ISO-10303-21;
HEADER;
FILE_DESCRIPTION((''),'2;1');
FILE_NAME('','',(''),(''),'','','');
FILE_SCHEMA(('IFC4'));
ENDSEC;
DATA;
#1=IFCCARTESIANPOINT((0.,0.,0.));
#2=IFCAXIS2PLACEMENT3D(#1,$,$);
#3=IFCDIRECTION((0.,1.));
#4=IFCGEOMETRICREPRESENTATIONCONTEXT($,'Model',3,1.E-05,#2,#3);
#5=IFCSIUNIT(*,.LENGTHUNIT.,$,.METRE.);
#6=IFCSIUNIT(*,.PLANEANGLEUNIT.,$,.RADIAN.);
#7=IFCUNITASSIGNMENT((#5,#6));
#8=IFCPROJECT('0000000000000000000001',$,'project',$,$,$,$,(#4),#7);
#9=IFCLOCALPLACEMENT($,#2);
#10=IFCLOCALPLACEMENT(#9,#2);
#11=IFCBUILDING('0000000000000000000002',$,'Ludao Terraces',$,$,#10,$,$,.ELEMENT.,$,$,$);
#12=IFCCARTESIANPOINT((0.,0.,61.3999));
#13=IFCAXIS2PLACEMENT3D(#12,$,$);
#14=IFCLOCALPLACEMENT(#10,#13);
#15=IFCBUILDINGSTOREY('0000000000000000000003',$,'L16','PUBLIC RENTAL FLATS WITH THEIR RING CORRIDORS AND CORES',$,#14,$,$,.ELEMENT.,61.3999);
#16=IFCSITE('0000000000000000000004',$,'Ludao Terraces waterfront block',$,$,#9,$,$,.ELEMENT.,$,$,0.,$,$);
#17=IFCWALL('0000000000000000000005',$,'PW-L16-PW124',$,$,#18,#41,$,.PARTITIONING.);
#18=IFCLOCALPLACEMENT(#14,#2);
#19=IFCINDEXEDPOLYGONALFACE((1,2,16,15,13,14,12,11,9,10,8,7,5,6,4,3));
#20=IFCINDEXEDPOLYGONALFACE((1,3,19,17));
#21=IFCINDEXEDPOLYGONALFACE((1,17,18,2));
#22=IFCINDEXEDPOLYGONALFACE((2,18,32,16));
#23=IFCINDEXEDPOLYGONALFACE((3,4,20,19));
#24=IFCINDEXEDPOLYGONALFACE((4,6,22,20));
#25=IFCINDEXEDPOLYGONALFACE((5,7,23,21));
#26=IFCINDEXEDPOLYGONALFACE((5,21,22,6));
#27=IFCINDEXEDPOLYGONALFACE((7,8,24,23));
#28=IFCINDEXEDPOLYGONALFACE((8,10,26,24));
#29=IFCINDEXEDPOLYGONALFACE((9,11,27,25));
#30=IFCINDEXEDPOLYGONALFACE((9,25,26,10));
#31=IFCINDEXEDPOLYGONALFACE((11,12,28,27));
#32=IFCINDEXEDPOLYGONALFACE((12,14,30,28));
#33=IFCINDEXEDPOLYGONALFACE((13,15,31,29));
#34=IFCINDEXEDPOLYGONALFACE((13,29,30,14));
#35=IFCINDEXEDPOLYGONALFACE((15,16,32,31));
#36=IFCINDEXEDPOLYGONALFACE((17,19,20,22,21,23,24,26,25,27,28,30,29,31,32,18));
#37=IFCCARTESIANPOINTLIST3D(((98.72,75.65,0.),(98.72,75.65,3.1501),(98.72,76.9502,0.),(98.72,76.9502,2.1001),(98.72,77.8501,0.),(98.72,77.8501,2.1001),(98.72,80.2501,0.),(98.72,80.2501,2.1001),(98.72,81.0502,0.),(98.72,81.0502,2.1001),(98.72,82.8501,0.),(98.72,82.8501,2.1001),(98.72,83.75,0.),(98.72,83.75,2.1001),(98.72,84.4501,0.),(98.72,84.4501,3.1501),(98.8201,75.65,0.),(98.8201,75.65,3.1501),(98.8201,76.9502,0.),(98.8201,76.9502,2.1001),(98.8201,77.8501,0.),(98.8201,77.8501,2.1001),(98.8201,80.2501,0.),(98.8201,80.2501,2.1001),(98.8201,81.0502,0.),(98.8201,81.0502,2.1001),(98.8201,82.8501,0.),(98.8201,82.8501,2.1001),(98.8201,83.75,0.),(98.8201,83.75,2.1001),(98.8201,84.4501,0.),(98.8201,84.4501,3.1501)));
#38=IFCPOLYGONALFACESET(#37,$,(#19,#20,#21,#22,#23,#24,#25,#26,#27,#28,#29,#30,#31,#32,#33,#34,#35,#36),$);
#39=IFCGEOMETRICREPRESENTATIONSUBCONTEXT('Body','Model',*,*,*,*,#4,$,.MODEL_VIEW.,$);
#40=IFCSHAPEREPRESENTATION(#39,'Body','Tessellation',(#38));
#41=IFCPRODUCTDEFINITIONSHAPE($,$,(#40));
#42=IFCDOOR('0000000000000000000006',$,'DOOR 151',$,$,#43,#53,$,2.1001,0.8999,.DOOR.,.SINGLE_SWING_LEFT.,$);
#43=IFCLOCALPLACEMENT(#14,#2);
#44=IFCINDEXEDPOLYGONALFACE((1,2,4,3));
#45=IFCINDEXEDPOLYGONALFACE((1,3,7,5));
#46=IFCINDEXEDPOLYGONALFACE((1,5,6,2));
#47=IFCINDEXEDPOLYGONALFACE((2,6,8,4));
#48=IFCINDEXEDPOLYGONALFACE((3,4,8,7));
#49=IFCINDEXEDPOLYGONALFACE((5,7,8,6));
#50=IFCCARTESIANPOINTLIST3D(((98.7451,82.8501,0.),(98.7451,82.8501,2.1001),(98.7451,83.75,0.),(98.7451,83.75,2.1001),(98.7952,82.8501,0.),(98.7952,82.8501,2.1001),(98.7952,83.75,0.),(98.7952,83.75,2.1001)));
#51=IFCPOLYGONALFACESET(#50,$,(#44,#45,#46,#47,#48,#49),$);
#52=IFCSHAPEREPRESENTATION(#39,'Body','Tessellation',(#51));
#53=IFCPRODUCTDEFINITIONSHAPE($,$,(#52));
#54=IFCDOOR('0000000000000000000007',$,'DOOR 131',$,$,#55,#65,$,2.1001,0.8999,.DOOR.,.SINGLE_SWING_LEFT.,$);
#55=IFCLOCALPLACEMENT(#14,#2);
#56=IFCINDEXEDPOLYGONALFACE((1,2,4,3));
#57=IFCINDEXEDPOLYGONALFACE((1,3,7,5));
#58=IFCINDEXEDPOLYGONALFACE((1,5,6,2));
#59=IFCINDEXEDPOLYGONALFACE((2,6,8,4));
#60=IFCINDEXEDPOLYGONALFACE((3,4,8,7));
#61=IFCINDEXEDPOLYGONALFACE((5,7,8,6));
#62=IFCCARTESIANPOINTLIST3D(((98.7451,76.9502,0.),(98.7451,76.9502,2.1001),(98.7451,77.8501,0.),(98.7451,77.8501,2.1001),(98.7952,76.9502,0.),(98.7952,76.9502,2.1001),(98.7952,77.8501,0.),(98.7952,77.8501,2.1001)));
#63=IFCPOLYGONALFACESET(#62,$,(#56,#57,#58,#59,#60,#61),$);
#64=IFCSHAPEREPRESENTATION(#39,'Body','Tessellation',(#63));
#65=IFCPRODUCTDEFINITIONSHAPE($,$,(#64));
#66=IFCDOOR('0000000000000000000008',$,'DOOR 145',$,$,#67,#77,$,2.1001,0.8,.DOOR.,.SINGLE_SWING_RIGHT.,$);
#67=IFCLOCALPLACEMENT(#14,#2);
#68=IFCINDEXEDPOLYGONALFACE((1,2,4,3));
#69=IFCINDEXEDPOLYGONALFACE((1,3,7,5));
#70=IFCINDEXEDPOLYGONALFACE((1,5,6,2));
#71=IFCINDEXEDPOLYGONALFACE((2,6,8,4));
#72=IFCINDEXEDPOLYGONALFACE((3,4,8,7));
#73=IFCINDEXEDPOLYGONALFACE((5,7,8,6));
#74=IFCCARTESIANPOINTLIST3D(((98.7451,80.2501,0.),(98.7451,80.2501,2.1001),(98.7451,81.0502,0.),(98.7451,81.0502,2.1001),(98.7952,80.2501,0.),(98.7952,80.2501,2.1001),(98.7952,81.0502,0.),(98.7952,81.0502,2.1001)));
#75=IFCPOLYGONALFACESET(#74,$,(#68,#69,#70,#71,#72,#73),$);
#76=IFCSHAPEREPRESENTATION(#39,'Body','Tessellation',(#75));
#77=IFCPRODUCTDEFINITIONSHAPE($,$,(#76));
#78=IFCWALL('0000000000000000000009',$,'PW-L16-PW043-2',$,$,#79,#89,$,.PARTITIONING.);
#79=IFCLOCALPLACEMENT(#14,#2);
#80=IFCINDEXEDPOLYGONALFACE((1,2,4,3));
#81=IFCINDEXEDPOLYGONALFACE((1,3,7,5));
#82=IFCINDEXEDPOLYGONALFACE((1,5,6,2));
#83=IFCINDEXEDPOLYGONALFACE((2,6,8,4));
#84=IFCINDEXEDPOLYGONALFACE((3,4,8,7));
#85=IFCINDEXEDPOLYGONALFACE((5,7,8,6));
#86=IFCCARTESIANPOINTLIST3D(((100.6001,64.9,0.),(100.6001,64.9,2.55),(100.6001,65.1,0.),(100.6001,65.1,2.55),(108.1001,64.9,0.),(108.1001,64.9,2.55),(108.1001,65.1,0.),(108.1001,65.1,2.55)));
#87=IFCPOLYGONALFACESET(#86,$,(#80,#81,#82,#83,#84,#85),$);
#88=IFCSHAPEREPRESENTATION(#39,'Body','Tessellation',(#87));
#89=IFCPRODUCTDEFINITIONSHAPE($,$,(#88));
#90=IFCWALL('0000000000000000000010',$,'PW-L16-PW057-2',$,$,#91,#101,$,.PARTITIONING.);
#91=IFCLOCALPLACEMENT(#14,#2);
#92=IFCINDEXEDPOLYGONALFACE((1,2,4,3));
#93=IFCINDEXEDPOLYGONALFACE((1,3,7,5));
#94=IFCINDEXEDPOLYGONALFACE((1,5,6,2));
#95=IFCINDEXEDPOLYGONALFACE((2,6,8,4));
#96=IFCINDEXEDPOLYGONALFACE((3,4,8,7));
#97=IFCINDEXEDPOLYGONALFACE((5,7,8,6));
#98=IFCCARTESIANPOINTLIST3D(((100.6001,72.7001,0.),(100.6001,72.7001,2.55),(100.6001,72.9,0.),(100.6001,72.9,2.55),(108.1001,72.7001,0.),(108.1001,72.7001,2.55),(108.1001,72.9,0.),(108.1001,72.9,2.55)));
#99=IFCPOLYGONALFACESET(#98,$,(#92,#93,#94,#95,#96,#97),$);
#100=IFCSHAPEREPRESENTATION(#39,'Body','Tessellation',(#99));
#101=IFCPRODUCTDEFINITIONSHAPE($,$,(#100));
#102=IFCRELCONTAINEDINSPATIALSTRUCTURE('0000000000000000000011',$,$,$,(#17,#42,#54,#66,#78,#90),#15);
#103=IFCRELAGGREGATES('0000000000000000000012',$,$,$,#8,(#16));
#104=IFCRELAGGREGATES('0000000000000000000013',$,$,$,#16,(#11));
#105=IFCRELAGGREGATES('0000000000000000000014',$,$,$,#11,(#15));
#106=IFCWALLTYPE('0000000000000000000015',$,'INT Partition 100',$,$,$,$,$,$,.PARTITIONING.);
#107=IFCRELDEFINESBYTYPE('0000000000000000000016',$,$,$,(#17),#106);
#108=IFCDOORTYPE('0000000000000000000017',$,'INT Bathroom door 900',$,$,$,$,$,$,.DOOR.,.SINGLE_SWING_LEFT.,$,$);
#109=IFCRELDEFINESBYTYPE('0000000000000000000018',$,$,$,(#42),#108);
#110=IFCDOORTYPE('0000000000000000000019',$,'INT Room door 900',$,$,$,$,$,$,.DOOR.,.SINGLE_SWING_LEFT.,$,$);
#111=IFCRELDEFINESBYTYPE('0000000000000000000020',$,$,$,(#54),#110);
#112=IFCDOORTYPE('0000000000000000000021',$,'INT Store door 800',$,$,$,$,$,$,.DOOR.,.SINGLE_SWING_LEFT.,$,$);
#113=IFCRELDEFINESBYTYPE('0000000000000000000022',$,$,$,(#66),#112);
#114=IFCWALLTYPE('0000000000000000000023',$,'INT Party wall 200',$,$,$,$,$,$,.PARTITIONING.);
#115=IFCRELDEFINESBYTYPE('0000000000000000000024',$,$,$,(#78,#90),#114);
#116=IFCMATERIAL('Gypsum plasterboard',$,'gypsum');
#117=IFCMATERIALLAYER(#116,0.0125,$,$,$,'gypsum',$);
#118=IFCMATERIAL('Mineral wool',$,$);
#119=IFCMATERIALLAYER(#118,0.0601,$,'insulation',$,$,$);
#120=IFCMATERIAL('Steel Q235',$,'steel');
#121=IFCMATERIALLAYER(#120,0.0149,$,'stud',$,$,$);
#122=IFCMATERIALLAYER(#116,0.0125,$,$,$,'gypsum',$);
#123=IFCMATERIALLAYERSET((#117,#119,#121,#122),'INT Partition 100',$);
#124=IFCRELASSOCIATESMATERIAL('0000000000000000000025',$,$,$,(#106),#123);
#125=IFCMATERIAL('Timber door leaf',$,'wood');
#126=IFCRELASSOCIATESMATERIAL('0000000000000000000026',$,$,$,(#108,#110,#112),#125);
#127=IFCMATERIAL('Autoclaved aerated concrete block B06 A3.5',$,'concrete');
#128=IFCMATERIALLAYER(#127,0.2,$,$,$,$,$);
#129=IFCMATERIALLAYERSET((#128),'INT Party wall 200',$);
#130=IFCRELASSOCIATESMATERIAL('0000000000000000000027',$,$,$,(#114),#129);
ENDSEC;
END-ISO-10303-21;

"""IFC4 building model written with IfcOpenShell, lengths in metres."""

from ifc_helpers import new_model, si_unit, direction, frame, frame_2d, origin, place, context, subcontext, project, spatial, rectangle, extrude, material, layer, layer_set, type_object, element, fill, save


model = new_model("IFC4")

# Units and contexts
model_context = context("Model", 3, precision=1e-05, world=origin(), true_north=direction((0.0, 1.0)))
body_context = subcontext(model_context, "Body", "Model", "MODEL_VIEW")
ifc_project = project(units=[si_unit("LENGTHUNIT", "METRE"), si_unit("PLANEANGLEUNIT", "RADIAN")], contexts=[model_context])

# Site, building, storey
site_placement = place(None, origin())
site = spatial("IfcSite", under=ifc_project, at=site_placement, Name="Ludao Terraces waterfront block", CompositionType="ELEMENT", RefElevation=0.0)
building_placement = place(site_placement, origin())
building = spatial("IfcBuilding", under=site, at=building_placement, Name="Ludao Terraces", CompositionType="ELEMENT")
storey_placement = place(building_placement, frame((0.0, 0.0, 61.3999)))
storey = spatial("IfcBuildingStorey", under=building, at=storey_placement, Name="L16", Description="PUBLIC RENTAL FLATS WITH THEIR RING CORRIDORS AND CORES", CompositionType="ELEMENT", Elevation=61.3999)

# Shared definitions
ifc_material_1 = material(Name="Gypsum plasterboard", Category="gypsum")
ifc_layer_1 = layer(ifc_material_1, 0.0125, Category="gypsum")
ifc_material_2 = material(Name="Mineral wool")
ifc_layer_2 = layer(ifc_material_2, 0.0601, Name="insulation")
ifc_material_3 = material(Name="Steel Q235", Category="steel")
ifc_layer_3 = layer(ifc_material_3, 0.0149, Name="stud")
ifc_layer_4 = layer(ifc_material_1, 0.0125, Category="gypsum")
ifc_layer_set_1 = layer_set([ifc_layer_1, ifc_layer_2, ifc_layer_3, ifc_layer_4], Name="INT Partition 100")
wall_type_1 = type_object("IfcWallType", Name="INT Partition 100", PredefinedType="PARTITIONING", material=ifc_layer_set_1)

# Wall, openings, doors
ifc_material_4 = material(Name="Timber door leaf", Category="wood")
door_type_1 = type_object("IfcDoorType", Name="INT Bathroom door 900", OperationType="SINGLE_SWING_LEFT", PredefinedType="DOOR", material=ifc_material_4)
wall_1_placement = place(storey_placement, frame((98.77, 75.6501, 0.0), z_axis=(0.0, 0.0, 1.0), x_axis=(0.0, 1.0, 0.0)))
wall_1 = element("IfcWall", 1, at=wall_1_placement, inside=storey, type_object=wall_type_1, Name="PW-L16-PW124", PredefinedType="PARTITIONING", context=body_context, shape_type="SweptSolid", body=[
    extrude(rectangle(XDim=8.8, YDim=0.1001, at=frame_2d((4.3999, 0.0))), origin(), (0.0, 0.0, 1.0), 3.1501),
])
opening_1_placement = place(wall_1_placement, frame((1.3, 0.0, 0.0)))
opening_1 = element("IfcOpeningElement", 2, at=opening_1_placement, cuts=wall_1, PredefinedType="OPENING", context=body_context, shape_type="SweptSolid", body=[
    extrude(rectangle(XDim=0.8999, YDim=2.1001, at=frame_2d((0.45, 1.05))), frame((0.0, 0.0601, 0.0), z_axis=(0.0, -1.0, 0.0), x_axis=(1.0, 0.0, 0.0)), (0.0, 0.0, 1.0), 0.1201),
])
opening_2_placement = place(wall_1_placement, frame((4.6001, 0.0, 0.0)))
opening_2 = element("IfcOpeningElement", 3, at=opening_2_placement, cuts=wall_1, PredefinedType="OPENING", context=body_context, shape_type="SweptSolid", body=[
    extrude(rectangle(XDim=0.8, YDim=2.1001, at=frame_2d((0.3999, 1.05))), frame((0.0, 0.0601, 0.0), z_axis=(0.0, -1.0, 0.0), x_axis=(1.0, 0.0, 0.0)), (0.0, 0.0, 1.0), 0.1201),
])
opening_3_placement = place(wall_1_placement, frame((7.2, 0.0, 0.0)))
opening_3 = element("IfcOpeningElement", 4, at=opening_3_placement, cuts=wall_1, PredefinedType="OPENING", context=body_context, shape_type="SweptSolid", body=[
    extrude(rectangle(XDim=0.8999, YDim=2.1001, at=frame_2d((0.45, 1.05))), frame((0.0, 0.0601, 0.0), z_axis=(0.0, -1.0, 0.0), x_axis=(1.0, 0.0, 0.0)), (0.0, 0.0, 1.0), 0.1201),
])
door_1_placement = place(opening_3_placement, origin())
door_1 = element("IfcDoor", 5, at=door_1_placement, inside=storey, type_object=door_type_1, Name="DOOR 151", OperationType="SINGLE_SWING_LEFT", OverallHeight=2.1001, OverallWidth=0.8999, PredefinedType="DOOR", context=body_context, shape_type="SweptSolid", body=[
    extrude(rectangle(XDim=0.8999, YDim=2.1001, at=frame_2d((0.45, 1.05))), frame((0.0, 0.0249, 0.0), z_axis=(0.0, -1.0, 0.0), x_axis=(1.0, 0.0, 0.0)), (0.0, 0.0, 1.0), 0.05),
])
fill(opening_3, door_1)
door_type_2 = type_object("IfcDoorType", Name="INT Room door 900", OperationType="SINGLE_SWING_LEFT", PredefinedType="DOOR", material=ifc_material_4)
door_2_placement = place(opening_1_placement, origin())
door_2 = element("IfcDoor", 6, at=door_2_placement, inside=storey, type_object=door_type_2, Name="DOOR 131", OperationType="SINGLE_SWING_LEFT", OverallHeight=2.1001, OverallWidth=0.8999, PredefinedType="DOOR", context=body_context, shape_type="SweptSolid", body=[
    extrude(rectangle(XDim=0.8999, YDim=2.1001, at=frame_2d((0.45, 1.05))), frame((0.0, 0.0249, 0.0), z_axis=(0.0, -1.0, 0.0), x_axis=(1.0, 0.0, 0.0)), (0.0, 0.0, 1.0), 0.05),
])
fill(opening_1, door_2)
door_type_3 = type_object("IfcDoorType", Name="INT Store door 800", OperationType="SINGLE_SWING_LEFT", PredefinedType="DOOR", material=ifc_material_4)
door_3_placement = place(opening_2_placement, origin())
door_3 = element("IfcDoor", 7, at=door_3_placement, inside=storey, type_object=door_type_3, Name="DOOR 145", OperationType="SINGLE_SWING_RIGHT", OverallHeight=2.1001, OverallWidth=0.8, PredefinedType="DOOR", context=body_context, shape_type="SweptSolid", body=[
    extrude(rectangle(XDim=0.8, YDim=2.1001, at=frame_2d((0.3999, 1.05))), frame((0.0, 0.0249, 0.0), z_axis=(0.0, -1.0, 0.0), x_axis=(1.0, 0.0, 0.0)), (0.0, 0.0, 1.0), 0.05),
])
fill(opening_2, door_3)

# Walls
ifc_material_5 = material(Name="Autoclaved aerated concrete block B06 A3.5", Category="concrete")
ifc_layer_5 = layer(ifc_material_5, 0.2)
ifc_layer_set_2 = layer_set([ifc_layer_5], Name="INT Party wall 200")
wall_type_2 = type_object("IfcWallType", Name="INT Party wall 200", PredefinedType="PARTITIONING", material=ifc_layer_set_2)
for number, where, z_axis, x_axis, name in (
    (8, (100.6001, 65.0, 0.0), (0.0, 0.0, 1.0), (1.0, 0.0, 0.0), "PW-L16-PW043-2"),
    (9, (100.6001, 72.8, 0.0), (0.0, 0.0, 1.0), (1.0, 0.0, 0.0), "PW-L16-PW057-2"),
):
    element("IfcWall", number, at=place(storey_placement, frame(where, z_axis=z_axis, x_axis=x_axis)), inside=storey, type_object=wall_type_2, Name=name, PredefinedType="PARTITIONING", context=body_context, shape_type="SweptSolid", body=[
        extrude(rectangle(XDim=7.5, YDim=0.2, at=frame_2d((3.75, 0.0))), origin(), (0.0, 0.0, 1.0), 2.55),
    ])

save(model, "model.ifc")
